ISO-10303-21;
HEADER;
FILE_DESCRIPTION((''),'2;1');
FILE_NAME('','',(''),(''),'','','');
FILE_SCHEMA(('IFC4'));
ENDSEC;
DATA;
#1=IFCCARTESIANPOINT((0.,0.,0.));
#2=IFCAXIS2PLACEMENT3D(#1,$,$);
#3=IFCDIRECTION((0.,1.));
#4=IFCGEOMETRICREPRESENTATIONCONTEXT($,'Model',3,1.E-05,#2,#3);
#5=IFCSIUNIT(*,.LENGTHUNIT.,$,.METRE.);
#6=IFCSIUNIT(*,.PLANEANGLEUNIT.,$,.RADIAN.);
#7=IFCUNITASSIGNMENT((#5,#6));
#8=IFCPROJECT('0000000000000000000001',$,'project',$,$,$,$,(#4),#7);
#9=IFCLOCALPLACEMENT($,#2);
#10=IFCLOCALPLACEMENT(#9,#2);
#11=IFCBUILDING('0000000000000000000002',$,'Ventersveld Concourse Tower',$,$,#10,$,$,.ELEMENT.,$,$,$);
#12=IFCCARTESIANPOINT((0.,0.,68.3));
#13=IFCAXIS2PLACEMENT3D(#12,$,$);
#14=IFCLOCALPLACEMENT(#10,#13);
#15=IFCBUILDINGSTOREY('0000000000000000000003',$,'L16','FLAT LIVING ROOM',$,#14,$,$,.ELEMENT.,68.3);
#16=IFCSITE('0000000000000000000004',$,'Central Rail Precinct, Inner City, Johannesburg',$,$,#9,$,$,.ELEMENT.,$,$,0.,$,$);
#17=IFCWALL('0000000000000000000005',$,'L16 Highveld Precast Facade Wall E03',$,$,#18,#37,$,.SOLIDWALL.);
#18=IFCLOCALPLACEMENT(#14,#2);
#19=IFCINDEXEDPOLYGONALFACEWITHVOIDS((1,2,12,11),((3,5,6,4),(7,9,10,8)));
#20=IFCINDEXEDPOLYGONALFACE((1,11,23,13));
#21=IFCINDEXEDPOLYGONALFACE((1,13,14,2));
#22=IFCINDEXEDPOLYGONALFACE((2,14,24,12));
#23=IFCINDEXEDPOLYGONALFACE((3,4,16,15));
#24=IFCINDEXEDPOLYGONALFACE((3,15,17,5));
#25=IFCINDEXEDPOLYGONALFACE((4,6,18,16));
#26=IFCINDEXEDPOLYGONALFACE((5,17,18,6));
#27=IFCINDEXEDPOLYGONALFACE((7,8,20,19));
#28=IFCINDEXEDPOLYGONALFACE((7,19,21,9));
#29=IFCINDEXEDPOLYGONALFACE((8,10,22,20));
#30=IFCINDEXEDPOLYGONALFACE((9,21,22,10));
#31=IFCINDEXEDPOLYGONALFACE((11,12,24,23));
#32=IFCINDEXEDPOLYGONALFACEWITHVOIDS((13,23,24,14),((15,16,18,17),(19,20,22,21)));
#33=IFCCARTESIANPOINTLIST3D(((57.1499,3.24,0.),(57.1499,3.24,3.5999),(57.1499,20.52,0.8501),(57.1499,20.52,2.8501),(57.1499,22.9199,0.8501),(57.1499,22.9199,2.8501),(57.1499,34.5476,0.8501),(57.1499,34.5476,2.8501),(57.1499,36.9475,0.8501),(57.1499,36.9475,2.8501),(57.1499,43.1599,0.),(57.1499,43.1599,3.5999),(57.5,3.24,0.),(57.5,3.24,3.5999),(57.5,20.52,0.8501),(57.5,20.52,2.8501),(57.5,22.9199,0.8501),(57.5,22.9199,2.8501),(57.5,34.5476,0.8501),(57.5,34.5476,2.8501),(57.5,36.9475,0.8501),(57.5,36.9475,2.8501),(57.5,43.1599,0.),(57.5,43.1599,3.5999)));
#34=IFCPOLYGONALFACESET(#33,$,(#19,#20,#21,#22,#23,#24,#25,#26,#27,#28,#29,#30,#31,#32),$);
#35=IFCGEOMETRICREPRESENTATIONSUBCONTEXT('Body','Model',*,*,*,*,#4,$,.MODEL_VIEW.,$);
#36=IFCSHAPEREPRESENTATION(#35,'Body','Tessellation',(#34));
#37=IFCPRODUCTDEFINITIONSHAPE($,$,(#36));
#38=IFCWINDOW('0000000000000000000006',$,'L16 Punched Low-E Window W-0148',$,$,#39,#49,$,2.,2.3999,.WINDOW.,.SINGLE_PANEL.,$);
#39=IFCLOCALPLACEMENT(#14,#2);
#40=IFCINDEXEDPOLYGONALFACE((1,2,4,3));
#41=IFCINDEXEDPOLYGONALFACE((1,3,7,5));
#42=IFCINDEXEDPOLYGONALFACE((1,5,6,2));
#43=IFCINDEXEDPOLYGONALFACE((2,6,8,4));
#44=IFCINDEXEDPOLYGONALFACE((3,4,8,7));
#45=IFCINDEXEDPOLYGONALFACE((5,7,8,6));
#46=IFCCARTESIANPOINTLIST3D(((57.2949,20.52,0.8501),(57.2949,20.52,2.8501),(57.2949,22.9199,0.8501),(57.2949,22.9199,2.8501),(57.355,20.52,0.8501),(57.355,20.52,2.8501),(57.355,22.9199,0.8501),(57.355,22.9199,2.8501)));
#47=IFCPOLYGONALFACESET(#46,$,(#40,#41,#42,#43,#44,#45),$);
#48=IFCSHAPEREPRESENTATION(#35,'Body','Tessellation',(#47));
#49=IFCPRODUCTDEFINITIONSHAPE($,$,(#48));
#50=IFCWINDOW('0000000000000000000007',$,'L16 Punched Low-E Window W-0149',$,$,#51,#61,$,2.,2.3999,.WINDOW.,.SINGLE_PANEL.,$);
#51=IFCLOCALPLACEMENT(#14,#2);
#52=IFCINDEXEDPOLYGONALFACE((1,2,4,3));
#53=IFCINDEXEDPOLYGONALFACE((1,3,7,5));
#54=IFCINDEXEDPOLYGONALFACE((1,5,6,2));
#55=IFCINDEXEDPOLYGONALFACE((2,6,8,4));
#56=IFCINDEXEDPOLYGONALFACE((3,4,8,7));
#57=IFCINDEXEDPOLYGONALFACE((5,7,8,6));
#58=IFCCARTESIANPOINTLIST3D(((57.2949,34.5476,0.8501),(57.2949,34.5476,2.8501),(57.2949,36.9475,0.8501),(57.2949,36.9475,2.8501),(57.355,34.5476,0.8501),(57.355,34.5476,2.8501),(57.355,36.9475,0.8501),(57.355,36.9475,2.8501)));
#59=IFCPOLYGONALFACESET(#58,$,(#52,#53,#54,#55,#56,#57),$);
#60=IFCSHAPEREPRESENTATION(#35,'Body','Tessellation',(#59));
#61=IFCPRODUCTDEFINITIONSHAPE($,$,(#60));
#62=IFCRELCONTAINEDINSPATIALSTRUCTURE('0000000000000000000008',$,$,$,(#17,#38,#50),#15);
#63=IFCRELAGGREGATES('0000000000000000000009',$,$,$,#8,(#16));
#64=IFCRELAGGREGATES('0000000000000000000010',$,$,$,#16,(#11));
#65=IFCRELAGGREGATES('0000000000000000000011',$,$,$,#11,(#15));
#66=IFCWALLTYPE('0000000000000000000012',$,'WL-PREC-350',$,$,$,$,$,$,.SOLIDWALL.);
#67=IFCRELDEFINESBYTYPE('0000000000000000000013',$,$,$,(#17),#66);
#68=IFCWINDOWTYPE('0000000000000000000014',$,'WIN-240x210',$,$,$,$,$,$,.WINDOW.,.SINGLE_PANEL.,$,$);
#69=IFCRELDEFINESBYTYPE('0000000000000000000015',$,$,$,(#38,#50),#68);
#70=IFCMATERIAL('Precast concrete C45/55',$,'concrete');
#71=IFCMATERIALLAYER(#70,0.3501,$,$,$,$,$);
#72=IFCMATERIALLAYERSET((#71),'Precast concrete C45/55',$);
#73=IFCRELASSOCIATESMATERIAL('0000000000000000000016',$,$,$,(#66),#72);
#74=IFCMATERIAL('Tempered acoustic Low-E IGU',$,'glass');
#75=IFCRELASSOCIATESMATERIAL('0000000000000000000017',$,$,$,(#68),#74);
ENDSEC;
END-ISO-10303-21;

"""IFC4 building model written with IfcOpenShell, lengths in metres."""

from ifc_helpers import new_model, si_unit, direction, frame, frame_2d, origin, place, context, subcontext, project, spatial, rectangle, extrude, material, layer, layer_set, type_object, element, fill, save


model = new_model("IFC4")

# Units and contexts
model_context = context("Model", 3, precision=1e-05, world=origin(), true_north=direction((0.0, 1.0)))
body_context = subcontext(model_context, "Body", "Model", "MODEL_VIEW")
ifc_project = project(units=[si_unit("LENGTHUNIT", "METRE"), si_unit("PLANEANGLEUNIT", "RADIAN")], contexts=[model_context])

# Site, building, storey
site_placement = place(None, origin())
site = spatial("IfcSite", under=ifc_project, at=site_placement, Name="Central Rail Precinct, Inner City, Johannesburg", CompositionType="ELEMENT", RefElevation=0.0)
building_placement = place(site_placement, origin())
building = spatial("IfcBuilding", under=site, at=building_placement, Name="Ventersveld Concourse Tower", CompositionType="ELEMENT")
storey_placement = place(building_placement, frame((0.0, 0.0, 68.3)))
storey = spatial("IfcBuildingStorey", under=building, at=storey_placement, Name="L16", Description="FLAT LIVING ROOM", CompositionType="ELEMENT", Elevation=68.3)

# Shared definitions
ifc_material_1 = material(Name="Precast concrete C45/55", Category="concrete")
ifc_layer_1 = layer(ifc_material_1, 0.3501)
ifc_layer_set_1 = layer_set([ifc_layer_1], Name="Precast concrete C45/55")
wall_type_1 = type_object("IfcWallType", Name="WL-PREC-350", PredefinedType="SOLIDWALL", material=ifc_layer_set_1)
ifc_material_2 = material(Name="Tempered acoustic Low-E IGU", Category="glass")

# Wall, openings, windows
wall_1_placement = place(storey_placement, frame((57.325, 3.24, 0.0), z_axis=(0.0, 0.0, 1.0), x_axis=(0.0, 1.0, 0.0)))
wall_1 = element("IfcWall", 1, at=wall_1_placement, inside=storey, type_object=wall_type_1, Name="L16 Highveld Precast Facade Wall E03", PredefinedType="SOLIDWALL", context=body_context, shape_type="SweptSolid", body=[
    extrude(rectangle(XDim=39.9199, YDim=0.3501, at=frame_2d((19.96, 0.0))), origin(), (0.0, 0.0, 1.0), 3.5999),
])
opening_1_placement = place(wall_1_placement, frame((17.28, 0.0, 0.8501)))
opening_1 = element("IfcOpeningElement", 2, at=opening_1_placement, cuts=wall_1, PredefinedType="OPENING", context=body_context, shape_type="SweptSolid", body=[
    extrude(rectangle(XDim=2.3999, YDim=2.0, at=frame_2d((1.2, 1.0))), frame((0.0, 0.1851, 0.0), z_axis=(0.0, -1.0, 0.0), x_axis=(1.0, 0.0, 0.0)), (0.0, 0.0, 1.0), 0.3701),
])
opening_2_placement = place(wall_1_placement, frame((31.3076, 0.0, 0.8501)))
opening_2 = element("IfcOpeningElement", 3, at=opening_2_placement, cuts=wall_1, PredefinedType="OPENING", context=body_context, shape_type="SweptSolid", body=[
    extrude(rectangle(XDim=2.3999, YDim=2.0, at=frame_2d((1.2, 1.0))), frame((0.0, 0.1851, 0.0), z_axis=(0.0, -1.0, 0.0), x_axis=(1.0, 0.0, 0.0)), (0.0, 0.0, 1.0), 0.3701),
])
window_type_1 = type_object("IfcWindowType", Name="WIN-240x210", PartitioningType="SINGLE_PANEL", PredefinedType="WINDOW", material=ifc_material_2)
window_1_placement = place(opening_1_placement, origin())
window_1 = element("IfcWindow", 4, at=window_1_placement, inside=storey, type_object=window_type_1, Name="L16 Punched Low-E Window W-0148", OverallHeight=2.0, OverallWidth=2.3999, PartitioningType="SINGLE_PANEL", PredefinedType="WINDOW", context=body_context, shape_type="SweptSolid", body=[
    extrude(rectangle(XDim=2.3999, YDim=2.0, at=frame_2d((1.2, 1.0))), frame((0.0, 0.03, 0.0), z_axis=(0.0, -1.0, 0.0), x_axis=(1.0, 0.0, 0.0)), (0.0, 0.0, 1.0), 0.0601),
])
fill(opening_1, window_1)
window_2_placement = place(opening_2_placement, origin())
window_2 = element("IfcWindow", 5, at=window_2_placement, inside=storey, type_object=window_type_1, Name="L16 Punched Low-E Window W-0149", OverallHeight=2.0, OverallWidth=2.3999, PartitioningType="SINGLE_PANEL", PredefinedType="WINDOW", context=body_context, shape_type="SweptSolid", body=[
    extrude(rectangle(XDim=2.3999, YDim=2.0, at=frame_2d((1.2, 1.0))), frame((0.0, 0.03, 0.0), z_axis=(0.0, -1.0, 0.0), x_axis=(1.0, 0.0, 0.0)), (0.0, 0.0, 1.0), 0.0601),
])
fill(opening_2, window_2)

save(model, "model.ifc")
